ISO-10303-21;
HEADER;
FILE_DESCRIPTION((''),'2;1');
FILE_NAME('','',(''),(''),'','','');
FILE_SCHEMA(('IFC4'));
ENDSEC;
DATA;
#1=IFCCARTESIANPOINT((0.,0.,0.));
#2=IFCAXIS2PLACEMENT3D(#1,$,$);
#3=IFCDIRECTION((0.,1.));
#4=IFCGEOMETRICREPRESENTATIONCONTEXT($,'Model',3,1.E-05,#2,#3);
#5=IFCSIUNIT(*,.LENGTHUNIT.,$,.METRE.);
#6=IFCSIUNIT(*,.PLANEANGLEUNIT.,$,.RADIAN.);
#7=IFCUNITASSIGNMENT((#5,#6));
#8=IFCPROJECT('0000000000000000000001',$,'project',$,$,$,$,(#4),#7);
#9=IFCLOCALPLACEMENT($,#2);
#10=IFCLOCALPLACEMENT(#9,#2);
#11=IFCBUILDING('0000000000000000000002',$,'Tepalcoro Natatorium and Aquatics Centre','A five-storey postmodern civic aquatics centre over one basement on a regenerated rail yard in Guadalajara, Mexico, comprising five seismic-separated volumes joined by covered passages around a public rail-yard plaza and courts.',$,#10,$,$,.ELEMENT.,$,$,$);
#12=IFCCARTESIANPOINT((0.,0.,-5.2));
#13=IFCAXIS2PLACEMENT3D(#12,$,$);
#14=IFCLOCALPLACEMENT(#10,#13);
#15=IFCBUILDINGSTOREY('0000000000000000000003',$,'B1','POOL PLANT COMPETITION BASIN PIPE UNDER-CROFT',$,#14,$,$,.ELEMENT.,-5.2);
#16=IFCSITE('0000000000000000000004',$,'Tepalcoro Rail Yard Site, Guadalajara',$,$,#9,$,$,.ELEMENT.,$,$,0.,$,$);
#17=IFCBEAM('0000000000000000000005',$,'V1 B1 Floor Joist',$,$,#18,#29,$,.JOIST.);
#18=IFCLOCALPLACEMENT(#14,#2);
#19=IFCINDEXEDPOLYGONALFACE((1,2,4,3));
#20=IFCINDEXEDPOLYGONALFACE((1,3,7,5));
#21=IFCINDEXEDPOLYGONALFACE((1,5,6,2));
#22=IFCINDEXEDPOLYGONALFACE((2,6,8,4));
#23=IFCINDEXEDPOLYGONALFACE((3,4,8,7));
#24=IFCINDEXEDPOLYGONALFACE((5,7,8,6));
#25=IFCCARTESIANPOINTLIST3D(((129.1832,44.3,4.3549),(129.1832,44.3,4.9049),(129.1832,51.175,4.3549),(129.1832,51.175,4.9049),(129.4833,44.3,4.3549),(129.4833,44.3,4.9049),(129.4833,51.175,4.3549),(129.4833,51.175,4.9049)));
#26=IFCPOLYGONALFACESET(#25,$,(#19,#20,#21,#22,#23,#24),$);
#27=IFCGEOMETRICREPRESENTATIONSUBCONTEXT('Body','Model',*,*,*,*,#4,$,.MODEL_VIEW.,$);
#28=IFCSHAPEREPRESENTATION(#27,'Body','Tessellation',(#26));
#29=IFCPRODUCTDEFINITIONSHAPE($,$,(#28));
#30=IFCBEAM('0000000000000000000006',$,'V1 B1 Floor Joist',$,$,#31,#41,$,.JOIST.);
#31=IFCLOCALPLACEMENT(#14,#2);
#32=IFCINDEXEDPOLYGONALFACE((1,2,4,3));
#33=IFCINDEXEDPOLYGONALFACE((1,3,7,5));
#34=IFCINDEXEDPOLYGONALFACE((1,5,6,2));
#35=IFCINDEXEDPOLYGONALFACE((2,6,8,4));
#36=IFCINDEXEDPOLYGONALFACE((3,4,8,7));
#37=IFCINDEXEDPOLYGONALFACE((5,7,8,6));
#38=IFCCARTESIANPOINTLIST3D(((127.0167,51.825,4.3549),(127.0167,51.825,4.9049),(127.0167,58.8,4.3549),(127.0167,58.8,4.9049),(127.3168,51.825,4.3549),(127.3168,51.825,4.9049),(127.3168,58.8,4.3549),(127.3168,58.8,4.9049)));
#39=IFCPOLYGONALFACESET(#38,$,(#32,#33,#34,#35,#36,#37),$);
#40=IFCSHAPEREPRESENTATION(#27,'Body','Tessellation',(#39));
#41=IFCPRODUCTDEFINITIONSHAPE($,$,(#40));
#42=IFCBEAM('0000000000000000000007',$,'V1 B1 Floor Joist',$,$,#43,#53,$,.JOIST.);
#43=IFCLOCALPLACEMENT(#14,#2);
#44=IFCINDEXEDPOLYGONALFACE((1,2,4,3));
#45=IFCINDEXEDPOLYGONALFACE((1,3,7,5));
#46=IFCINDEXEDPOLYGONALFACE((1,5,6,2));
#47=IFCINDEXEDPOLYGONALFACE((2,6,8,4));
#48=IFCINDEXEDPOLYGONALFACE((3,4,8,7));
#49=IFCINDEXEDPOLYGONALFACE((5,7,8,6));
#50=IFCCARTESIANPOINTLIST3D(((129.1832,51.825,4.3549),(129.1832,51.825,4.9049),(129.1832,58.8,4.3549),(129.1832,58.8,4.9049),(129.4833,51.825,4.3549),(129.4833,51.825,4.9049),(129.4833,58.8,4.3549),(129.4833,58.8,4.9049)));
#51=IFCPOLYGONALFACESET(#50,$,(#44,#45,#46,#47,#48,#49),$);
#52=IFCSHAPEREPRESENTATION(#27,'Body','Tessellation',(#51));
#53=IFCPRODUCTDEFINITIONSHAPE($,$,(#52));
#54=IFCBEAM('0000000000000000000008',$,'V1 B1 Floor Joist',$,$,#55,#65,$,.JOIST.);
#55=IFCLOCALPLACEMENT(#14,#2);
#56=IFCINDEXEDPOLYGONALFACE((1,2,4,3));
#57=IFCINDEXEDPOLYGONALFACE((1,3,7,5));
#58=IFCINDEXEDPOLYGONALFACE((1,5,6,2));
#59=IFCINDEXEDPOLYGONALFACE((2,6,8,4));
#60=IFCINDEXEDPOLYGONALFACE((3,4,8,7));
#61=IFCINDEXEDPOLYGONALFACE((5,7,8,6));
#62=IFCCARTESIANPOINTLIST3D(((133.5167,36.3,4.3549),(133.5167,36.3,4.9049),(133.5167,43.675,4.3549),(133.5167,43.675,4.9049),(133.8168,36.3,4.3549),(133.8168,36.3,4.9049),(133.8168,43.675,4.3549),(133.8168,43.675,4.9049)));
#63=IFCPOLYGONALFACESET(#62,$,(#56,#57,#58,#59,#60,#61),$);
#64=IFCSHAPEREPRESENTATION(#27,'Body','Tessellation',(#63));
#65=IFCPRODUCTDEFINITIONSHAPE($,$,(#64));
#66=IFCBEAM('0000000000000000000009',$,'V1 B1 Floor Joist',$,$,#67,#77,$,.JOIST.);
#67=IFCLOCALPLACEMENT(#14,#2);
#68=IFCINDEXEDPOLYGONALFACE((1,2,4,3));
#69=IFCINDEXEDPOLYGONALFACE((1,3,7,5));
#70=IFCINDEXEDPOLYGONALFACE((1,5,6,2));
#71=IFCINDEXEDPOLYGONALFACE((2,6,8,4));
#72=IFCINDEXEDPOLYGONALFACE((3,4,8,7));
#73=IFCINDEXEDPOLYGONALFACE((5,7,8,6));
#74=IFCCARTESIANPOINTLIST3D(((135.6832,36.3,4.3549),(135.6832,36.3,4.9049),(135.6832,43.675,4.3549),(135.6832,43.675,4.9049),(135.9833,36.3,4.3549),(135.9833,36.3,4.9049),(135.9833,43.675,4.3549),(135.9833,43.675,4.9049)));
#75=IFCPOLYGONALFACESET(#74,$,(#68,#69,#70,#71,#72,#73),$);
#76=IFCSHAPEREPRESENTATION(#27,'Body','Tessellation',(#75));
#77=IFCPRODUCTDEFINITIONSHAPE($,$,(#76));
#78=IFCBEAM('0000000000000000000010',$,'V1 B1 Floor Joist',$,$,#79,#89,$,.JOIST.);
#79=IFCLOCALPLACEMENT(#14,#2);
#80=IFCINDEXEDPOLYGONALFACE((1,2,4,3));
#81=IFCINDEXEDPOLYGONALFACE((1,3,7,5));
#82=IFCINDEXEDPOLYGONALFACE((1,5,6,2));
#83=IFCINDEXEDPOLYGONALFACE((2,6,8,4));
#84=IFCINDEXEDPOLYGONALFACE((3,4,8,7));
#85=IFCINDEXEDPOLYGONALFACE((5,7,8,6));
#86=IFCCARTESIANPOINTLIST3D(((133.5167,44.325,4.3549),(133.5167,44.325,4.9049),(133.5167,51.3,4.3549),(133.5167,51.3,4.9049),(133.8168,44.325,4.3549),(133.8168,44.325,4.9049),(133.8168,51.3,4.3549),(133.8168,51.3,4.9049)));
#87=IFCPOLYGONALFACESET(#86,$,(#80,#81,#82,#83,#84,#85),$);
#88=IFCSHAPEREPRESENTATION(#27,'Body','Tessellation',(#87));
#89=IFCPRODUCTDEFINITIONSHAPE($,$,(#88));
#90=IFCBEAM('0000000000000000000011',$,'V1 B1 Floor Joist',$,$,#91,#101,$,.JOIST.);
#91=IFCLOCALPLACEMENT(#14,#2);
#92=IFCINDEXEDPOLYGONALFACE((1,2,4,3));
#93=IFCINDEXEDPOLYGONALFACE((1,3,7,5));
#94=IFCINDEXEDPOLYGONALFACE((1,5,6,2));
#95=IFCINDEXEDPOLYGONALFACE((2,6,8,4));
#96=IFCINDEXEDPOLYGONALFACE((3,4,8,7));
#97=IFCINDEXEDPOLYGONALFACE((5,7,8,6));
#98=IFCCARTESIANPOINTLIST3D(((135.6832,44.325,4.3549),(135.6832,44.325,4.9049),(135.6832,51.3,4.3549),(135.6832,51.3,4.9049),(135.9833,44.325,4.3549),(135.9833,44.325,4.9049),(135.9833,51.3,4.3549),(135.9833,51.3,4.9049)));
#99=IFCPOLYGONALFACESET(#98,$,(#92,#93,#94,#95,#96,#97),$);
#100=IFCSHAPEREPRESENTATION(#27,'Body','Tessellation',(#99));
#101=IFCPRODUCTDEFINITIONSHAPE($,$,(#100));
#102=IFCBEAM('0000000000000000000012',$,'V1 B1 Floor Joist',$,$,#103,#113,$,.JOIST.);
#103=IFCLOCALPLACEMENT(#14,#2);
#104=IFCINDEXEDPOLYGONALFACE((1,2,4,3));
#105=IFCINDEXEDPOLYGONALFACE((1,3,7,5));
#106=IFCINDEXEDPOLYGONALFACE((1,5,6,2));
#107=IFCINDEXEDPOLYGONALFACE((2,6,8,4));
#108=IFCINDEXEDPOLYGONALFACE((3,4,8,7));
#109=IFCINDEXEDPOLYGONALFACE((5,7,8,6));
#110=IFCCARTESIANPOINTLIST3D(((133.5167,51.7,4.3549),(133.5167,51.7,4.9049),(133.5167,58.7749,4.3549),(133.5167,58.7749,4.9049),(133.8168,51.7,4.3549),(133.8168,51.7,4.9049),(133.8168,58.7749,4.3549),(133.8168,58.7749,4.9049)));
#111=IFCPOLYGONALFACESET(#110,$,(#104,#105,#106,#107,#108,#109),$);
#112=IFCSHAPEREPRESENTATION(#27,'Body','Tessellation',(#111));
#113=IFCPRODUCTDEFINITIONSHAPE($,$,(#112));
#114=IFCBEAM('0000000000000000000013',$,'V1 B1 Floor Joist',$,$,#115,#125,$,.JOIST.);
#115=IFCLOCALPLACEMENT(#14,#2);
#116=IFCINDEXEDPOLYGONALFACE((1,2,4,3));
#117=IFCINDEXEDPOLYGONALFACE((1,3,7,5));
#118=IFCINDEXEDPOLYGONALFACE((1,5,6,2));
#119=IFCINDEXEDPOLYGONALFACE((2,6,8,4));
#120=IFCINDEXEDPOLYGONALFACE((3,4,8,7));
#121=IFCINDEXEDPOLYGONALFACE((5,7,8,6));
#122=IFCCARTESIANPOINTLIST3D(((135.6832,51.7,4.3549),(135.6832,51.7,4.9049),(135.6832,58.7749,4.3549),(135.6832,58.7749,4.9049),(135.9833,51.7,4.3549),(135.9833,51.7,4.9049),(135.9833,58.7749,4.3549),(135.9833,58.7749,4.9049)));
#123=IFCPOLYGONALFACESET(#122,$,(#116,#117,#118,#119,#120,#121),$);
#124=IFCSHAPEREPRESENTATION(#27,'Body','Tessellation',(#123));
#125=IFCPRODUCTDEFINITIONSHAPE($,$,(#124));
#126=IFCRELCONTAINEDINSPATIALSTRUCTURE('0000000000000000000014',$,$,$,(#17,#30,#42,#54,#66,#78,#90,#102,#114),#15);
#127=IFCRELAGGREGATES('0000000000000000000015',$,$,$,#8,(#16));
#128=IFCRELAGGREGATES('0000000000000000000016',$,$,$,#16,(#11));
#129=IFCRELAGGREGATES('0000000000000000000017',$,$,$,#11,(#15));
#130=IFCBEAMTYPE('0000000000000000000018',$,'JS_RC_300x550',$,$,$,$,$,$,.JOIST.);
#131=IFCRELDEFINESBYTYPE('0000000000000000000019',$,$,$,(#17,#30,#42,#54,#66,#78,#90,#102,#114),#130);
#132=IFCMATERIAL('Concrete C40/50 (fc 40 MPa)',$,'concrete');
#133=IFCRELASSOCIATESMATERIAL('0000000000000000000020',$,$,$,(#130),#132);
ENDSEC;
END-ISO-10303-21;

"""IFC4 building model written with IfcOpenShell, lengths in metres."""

from ifc_helpers import new_model, si_unit, direction, frame, origin, origin_2d, place, context, subcontext, project, spatial, rectangle, extrude, material, material_profile, profile_set, type_object, element, save


model = new_model("IFC4")

# Units and contexts
model_context = context("Model", 3, precision=1e-05, world=origin(), true_north=direction((0.0, 1.0)))
body_context = subcontext(model_context, "Body", "Model", "MODEL_VIEW")
ifc_project = project(units=[si_unit("LENGTHUNIT", "METRE"), si_unit("PLANEANGLEUNIT", "RADIAN")], contexts=[model_context])

# Site, building, storey
site_placement = place(None, origin())
site = spatial("IfcSite", under=ifc_project, at=site_placement, Name="Tepalcoro Rail Yard Site, Guadalajara", CompositionType="ELEMENT", RefElevation=0.0)
building_placement = place(site_placement, origin())
building = spatial("IfcBuilding", under=site, at=building_placement, Name="Tepalcoro Natatorium and Aquatics Centre", Description="A five-storey postmodern civic aquatics centre over one basement on a regenerated rail yard in Guadalajara, Mexico, comprising five seismic-separated volumes joined by covered passages around a public rail-yard plaza and courts.", CompositionType="ELEMENT")
storey_placement = place(building_placement, frame((0.0, 0.0, -5.2)))
storey = spatial("IfcBuildingStorey", under=building, at=storey_placement, Name="B1", Description="POOL PLANT COMPETITION BASIN PIPE UNDER-CROFT", CompositionType="ELEMENT", Elevation=-5.2)

# Shared definitions
ifc_material = material(Name="Concrete C40/50 (fc 40 MPa)", Category="concrete")

# Beams
ifc_material_profile_1 = material_profile(ifc_material, rectangle(XDim=0.3, YDim=0.55, at=origin_2d()), Name="RCJ300x550")
ifc_profile_set_1 = profile_set([ifc_material_profile_1], Name="Concrete C40/50 (fc 40 MPa)")
beam_type_1 = type_object("IfcBeamType", Name="JS_RC_300x550", PredefinedType="JOIST", material=ifc_profile_set_1)
for number, where, z_axis, x_axis, name in (
    (1, (129.3333, 44.3, 4.6299), (0.0, 1.0, 0.0), (-1.0, 0.0, 0.0), "V1 B1 Floor Joist"),
):
    element("IfcBeam", number, at=place(storey_placement, frame(where, z_axis=z_axis, x_axis=x_axis)), inside=storey, type_object=beam_type_1, Name=name, PredefinedType="JOIST", context=body_context, shape_type="SweptSolid", body=[
        extrude(rectangle(XDim=0.3, YDim=0.55, at=origin_2d()), origin(), (0.0, 0.0, 1.0), 6.875),
    ])
for number, where, z_axis, x_axis, name in (
    (2, (127.1667, 51.825, 4.6299), (0.0, 1.0, 0.0), (-1.0, 0.0, 0.0), "V1 B1 Floor Joist"),
    (3, (129.3333, 51.825, 4.6299), (0.0, 1.0, 0.0), (-1.0, 0.0, 0.0), "V1 B1 Floor Joist"),
):
    element("IfcBeam", number, at=place(storey_placement, frame(where, z_axis=z_axis, x_axis=x_axis)), inside=storey, type_object=beam_type_1, Name=name, PredefinedType="JOIST", context=body_context, shape_type="SweptSolid", body=[
        extrude(rectangle(XDim=0.3, YDim=0.55, at=origin_2d()), origin(), (0.0, 0.0, 1.0), 6.9751),
    ])
for number, where, z_axis, x_axis, name in (
    (4, (133.6667, 36.3, 4.6299), (0.0, 1.0, 0.0), (-1.0, 0.0, 0.0), "V1 B1 Floor Joist"),
    (5, (135.8333, 36.3, 4.6299), (0.0, 1.0, 0.0), (-1.0, 0.0, 0.0), "V1 B1 Floor Joist"),
):
    element("IfcBeam", number, at=place(storey_placement, frame(where, z_axis=z_axis, x_axis=x_axis)), inside=storey, type_object=beam_type_1, Name=name, PredefinedType="JOIST", context=body_context, shape_type="SweptSolid", body=[
        extrude(rectangle(XDim=0.3, YDim=0.55, at=origin_2d()), origin(), (0.0, 0.0, 1.0), 7.375),
    ])
for number, where, z_axis, x_axis, name in (
    (6, (133.6667, 44.325, 4.6299), (0.0, 1.0, 0.0), (-1.0, 0.0, 0.0), "V1 B1 Floor Joist"),
    (7, (135.8333, 44.325, 4.6299), (0.0, 1.0, 0.0), (-1.0, 0.0, 0.0), "V1 B1 Floor Joist"),
):
    element("IfcBeam", number, at=place(storey_placement, frame(where, z_axis=z_axis, x_axis=x_axis)), inside=storey, type_object=beam_type_1, Name=name, PredefinedType="JOIST", context=body_context, shape_type="SweptSolid", body=[
        extrude(rectangle(XDim=0.3, YDim=0.55, at=origin_2d()), origin(), (0.0, 0.0, 1.0), 6.9751),
    ])
for number, where, z_axis, x_axis, name in (
    (8, (133.6667, 51.7, 4.6299), (0.0, 1.0, 0.0), (-1.0, 0.0, 0.0), "V1 B1 Floor Joist"),
    (9, (135.8333, 51.7, 4.6299), (0.0, 1.0, 0.0), (-1.0, 0.0, 0.0), "V1 B1 Floor Joist"),
):
    element("IfcBeam", number, at=place(storey_placement, frame(where, z_axis=z_axis, x_axis=x_axis)), inside=storey, type_object=beam_type_1, Name=name, PredefinedType="JOIST", context=body_context, shape_type="SweptSolid", body=[
        extrude(rectangle(XDim=0.3, YDim=0.55, at=origin_2d()), origin(), (0.0, 0.0, 1.0), 7.075),
    ])

save(model, "model.ifc")
